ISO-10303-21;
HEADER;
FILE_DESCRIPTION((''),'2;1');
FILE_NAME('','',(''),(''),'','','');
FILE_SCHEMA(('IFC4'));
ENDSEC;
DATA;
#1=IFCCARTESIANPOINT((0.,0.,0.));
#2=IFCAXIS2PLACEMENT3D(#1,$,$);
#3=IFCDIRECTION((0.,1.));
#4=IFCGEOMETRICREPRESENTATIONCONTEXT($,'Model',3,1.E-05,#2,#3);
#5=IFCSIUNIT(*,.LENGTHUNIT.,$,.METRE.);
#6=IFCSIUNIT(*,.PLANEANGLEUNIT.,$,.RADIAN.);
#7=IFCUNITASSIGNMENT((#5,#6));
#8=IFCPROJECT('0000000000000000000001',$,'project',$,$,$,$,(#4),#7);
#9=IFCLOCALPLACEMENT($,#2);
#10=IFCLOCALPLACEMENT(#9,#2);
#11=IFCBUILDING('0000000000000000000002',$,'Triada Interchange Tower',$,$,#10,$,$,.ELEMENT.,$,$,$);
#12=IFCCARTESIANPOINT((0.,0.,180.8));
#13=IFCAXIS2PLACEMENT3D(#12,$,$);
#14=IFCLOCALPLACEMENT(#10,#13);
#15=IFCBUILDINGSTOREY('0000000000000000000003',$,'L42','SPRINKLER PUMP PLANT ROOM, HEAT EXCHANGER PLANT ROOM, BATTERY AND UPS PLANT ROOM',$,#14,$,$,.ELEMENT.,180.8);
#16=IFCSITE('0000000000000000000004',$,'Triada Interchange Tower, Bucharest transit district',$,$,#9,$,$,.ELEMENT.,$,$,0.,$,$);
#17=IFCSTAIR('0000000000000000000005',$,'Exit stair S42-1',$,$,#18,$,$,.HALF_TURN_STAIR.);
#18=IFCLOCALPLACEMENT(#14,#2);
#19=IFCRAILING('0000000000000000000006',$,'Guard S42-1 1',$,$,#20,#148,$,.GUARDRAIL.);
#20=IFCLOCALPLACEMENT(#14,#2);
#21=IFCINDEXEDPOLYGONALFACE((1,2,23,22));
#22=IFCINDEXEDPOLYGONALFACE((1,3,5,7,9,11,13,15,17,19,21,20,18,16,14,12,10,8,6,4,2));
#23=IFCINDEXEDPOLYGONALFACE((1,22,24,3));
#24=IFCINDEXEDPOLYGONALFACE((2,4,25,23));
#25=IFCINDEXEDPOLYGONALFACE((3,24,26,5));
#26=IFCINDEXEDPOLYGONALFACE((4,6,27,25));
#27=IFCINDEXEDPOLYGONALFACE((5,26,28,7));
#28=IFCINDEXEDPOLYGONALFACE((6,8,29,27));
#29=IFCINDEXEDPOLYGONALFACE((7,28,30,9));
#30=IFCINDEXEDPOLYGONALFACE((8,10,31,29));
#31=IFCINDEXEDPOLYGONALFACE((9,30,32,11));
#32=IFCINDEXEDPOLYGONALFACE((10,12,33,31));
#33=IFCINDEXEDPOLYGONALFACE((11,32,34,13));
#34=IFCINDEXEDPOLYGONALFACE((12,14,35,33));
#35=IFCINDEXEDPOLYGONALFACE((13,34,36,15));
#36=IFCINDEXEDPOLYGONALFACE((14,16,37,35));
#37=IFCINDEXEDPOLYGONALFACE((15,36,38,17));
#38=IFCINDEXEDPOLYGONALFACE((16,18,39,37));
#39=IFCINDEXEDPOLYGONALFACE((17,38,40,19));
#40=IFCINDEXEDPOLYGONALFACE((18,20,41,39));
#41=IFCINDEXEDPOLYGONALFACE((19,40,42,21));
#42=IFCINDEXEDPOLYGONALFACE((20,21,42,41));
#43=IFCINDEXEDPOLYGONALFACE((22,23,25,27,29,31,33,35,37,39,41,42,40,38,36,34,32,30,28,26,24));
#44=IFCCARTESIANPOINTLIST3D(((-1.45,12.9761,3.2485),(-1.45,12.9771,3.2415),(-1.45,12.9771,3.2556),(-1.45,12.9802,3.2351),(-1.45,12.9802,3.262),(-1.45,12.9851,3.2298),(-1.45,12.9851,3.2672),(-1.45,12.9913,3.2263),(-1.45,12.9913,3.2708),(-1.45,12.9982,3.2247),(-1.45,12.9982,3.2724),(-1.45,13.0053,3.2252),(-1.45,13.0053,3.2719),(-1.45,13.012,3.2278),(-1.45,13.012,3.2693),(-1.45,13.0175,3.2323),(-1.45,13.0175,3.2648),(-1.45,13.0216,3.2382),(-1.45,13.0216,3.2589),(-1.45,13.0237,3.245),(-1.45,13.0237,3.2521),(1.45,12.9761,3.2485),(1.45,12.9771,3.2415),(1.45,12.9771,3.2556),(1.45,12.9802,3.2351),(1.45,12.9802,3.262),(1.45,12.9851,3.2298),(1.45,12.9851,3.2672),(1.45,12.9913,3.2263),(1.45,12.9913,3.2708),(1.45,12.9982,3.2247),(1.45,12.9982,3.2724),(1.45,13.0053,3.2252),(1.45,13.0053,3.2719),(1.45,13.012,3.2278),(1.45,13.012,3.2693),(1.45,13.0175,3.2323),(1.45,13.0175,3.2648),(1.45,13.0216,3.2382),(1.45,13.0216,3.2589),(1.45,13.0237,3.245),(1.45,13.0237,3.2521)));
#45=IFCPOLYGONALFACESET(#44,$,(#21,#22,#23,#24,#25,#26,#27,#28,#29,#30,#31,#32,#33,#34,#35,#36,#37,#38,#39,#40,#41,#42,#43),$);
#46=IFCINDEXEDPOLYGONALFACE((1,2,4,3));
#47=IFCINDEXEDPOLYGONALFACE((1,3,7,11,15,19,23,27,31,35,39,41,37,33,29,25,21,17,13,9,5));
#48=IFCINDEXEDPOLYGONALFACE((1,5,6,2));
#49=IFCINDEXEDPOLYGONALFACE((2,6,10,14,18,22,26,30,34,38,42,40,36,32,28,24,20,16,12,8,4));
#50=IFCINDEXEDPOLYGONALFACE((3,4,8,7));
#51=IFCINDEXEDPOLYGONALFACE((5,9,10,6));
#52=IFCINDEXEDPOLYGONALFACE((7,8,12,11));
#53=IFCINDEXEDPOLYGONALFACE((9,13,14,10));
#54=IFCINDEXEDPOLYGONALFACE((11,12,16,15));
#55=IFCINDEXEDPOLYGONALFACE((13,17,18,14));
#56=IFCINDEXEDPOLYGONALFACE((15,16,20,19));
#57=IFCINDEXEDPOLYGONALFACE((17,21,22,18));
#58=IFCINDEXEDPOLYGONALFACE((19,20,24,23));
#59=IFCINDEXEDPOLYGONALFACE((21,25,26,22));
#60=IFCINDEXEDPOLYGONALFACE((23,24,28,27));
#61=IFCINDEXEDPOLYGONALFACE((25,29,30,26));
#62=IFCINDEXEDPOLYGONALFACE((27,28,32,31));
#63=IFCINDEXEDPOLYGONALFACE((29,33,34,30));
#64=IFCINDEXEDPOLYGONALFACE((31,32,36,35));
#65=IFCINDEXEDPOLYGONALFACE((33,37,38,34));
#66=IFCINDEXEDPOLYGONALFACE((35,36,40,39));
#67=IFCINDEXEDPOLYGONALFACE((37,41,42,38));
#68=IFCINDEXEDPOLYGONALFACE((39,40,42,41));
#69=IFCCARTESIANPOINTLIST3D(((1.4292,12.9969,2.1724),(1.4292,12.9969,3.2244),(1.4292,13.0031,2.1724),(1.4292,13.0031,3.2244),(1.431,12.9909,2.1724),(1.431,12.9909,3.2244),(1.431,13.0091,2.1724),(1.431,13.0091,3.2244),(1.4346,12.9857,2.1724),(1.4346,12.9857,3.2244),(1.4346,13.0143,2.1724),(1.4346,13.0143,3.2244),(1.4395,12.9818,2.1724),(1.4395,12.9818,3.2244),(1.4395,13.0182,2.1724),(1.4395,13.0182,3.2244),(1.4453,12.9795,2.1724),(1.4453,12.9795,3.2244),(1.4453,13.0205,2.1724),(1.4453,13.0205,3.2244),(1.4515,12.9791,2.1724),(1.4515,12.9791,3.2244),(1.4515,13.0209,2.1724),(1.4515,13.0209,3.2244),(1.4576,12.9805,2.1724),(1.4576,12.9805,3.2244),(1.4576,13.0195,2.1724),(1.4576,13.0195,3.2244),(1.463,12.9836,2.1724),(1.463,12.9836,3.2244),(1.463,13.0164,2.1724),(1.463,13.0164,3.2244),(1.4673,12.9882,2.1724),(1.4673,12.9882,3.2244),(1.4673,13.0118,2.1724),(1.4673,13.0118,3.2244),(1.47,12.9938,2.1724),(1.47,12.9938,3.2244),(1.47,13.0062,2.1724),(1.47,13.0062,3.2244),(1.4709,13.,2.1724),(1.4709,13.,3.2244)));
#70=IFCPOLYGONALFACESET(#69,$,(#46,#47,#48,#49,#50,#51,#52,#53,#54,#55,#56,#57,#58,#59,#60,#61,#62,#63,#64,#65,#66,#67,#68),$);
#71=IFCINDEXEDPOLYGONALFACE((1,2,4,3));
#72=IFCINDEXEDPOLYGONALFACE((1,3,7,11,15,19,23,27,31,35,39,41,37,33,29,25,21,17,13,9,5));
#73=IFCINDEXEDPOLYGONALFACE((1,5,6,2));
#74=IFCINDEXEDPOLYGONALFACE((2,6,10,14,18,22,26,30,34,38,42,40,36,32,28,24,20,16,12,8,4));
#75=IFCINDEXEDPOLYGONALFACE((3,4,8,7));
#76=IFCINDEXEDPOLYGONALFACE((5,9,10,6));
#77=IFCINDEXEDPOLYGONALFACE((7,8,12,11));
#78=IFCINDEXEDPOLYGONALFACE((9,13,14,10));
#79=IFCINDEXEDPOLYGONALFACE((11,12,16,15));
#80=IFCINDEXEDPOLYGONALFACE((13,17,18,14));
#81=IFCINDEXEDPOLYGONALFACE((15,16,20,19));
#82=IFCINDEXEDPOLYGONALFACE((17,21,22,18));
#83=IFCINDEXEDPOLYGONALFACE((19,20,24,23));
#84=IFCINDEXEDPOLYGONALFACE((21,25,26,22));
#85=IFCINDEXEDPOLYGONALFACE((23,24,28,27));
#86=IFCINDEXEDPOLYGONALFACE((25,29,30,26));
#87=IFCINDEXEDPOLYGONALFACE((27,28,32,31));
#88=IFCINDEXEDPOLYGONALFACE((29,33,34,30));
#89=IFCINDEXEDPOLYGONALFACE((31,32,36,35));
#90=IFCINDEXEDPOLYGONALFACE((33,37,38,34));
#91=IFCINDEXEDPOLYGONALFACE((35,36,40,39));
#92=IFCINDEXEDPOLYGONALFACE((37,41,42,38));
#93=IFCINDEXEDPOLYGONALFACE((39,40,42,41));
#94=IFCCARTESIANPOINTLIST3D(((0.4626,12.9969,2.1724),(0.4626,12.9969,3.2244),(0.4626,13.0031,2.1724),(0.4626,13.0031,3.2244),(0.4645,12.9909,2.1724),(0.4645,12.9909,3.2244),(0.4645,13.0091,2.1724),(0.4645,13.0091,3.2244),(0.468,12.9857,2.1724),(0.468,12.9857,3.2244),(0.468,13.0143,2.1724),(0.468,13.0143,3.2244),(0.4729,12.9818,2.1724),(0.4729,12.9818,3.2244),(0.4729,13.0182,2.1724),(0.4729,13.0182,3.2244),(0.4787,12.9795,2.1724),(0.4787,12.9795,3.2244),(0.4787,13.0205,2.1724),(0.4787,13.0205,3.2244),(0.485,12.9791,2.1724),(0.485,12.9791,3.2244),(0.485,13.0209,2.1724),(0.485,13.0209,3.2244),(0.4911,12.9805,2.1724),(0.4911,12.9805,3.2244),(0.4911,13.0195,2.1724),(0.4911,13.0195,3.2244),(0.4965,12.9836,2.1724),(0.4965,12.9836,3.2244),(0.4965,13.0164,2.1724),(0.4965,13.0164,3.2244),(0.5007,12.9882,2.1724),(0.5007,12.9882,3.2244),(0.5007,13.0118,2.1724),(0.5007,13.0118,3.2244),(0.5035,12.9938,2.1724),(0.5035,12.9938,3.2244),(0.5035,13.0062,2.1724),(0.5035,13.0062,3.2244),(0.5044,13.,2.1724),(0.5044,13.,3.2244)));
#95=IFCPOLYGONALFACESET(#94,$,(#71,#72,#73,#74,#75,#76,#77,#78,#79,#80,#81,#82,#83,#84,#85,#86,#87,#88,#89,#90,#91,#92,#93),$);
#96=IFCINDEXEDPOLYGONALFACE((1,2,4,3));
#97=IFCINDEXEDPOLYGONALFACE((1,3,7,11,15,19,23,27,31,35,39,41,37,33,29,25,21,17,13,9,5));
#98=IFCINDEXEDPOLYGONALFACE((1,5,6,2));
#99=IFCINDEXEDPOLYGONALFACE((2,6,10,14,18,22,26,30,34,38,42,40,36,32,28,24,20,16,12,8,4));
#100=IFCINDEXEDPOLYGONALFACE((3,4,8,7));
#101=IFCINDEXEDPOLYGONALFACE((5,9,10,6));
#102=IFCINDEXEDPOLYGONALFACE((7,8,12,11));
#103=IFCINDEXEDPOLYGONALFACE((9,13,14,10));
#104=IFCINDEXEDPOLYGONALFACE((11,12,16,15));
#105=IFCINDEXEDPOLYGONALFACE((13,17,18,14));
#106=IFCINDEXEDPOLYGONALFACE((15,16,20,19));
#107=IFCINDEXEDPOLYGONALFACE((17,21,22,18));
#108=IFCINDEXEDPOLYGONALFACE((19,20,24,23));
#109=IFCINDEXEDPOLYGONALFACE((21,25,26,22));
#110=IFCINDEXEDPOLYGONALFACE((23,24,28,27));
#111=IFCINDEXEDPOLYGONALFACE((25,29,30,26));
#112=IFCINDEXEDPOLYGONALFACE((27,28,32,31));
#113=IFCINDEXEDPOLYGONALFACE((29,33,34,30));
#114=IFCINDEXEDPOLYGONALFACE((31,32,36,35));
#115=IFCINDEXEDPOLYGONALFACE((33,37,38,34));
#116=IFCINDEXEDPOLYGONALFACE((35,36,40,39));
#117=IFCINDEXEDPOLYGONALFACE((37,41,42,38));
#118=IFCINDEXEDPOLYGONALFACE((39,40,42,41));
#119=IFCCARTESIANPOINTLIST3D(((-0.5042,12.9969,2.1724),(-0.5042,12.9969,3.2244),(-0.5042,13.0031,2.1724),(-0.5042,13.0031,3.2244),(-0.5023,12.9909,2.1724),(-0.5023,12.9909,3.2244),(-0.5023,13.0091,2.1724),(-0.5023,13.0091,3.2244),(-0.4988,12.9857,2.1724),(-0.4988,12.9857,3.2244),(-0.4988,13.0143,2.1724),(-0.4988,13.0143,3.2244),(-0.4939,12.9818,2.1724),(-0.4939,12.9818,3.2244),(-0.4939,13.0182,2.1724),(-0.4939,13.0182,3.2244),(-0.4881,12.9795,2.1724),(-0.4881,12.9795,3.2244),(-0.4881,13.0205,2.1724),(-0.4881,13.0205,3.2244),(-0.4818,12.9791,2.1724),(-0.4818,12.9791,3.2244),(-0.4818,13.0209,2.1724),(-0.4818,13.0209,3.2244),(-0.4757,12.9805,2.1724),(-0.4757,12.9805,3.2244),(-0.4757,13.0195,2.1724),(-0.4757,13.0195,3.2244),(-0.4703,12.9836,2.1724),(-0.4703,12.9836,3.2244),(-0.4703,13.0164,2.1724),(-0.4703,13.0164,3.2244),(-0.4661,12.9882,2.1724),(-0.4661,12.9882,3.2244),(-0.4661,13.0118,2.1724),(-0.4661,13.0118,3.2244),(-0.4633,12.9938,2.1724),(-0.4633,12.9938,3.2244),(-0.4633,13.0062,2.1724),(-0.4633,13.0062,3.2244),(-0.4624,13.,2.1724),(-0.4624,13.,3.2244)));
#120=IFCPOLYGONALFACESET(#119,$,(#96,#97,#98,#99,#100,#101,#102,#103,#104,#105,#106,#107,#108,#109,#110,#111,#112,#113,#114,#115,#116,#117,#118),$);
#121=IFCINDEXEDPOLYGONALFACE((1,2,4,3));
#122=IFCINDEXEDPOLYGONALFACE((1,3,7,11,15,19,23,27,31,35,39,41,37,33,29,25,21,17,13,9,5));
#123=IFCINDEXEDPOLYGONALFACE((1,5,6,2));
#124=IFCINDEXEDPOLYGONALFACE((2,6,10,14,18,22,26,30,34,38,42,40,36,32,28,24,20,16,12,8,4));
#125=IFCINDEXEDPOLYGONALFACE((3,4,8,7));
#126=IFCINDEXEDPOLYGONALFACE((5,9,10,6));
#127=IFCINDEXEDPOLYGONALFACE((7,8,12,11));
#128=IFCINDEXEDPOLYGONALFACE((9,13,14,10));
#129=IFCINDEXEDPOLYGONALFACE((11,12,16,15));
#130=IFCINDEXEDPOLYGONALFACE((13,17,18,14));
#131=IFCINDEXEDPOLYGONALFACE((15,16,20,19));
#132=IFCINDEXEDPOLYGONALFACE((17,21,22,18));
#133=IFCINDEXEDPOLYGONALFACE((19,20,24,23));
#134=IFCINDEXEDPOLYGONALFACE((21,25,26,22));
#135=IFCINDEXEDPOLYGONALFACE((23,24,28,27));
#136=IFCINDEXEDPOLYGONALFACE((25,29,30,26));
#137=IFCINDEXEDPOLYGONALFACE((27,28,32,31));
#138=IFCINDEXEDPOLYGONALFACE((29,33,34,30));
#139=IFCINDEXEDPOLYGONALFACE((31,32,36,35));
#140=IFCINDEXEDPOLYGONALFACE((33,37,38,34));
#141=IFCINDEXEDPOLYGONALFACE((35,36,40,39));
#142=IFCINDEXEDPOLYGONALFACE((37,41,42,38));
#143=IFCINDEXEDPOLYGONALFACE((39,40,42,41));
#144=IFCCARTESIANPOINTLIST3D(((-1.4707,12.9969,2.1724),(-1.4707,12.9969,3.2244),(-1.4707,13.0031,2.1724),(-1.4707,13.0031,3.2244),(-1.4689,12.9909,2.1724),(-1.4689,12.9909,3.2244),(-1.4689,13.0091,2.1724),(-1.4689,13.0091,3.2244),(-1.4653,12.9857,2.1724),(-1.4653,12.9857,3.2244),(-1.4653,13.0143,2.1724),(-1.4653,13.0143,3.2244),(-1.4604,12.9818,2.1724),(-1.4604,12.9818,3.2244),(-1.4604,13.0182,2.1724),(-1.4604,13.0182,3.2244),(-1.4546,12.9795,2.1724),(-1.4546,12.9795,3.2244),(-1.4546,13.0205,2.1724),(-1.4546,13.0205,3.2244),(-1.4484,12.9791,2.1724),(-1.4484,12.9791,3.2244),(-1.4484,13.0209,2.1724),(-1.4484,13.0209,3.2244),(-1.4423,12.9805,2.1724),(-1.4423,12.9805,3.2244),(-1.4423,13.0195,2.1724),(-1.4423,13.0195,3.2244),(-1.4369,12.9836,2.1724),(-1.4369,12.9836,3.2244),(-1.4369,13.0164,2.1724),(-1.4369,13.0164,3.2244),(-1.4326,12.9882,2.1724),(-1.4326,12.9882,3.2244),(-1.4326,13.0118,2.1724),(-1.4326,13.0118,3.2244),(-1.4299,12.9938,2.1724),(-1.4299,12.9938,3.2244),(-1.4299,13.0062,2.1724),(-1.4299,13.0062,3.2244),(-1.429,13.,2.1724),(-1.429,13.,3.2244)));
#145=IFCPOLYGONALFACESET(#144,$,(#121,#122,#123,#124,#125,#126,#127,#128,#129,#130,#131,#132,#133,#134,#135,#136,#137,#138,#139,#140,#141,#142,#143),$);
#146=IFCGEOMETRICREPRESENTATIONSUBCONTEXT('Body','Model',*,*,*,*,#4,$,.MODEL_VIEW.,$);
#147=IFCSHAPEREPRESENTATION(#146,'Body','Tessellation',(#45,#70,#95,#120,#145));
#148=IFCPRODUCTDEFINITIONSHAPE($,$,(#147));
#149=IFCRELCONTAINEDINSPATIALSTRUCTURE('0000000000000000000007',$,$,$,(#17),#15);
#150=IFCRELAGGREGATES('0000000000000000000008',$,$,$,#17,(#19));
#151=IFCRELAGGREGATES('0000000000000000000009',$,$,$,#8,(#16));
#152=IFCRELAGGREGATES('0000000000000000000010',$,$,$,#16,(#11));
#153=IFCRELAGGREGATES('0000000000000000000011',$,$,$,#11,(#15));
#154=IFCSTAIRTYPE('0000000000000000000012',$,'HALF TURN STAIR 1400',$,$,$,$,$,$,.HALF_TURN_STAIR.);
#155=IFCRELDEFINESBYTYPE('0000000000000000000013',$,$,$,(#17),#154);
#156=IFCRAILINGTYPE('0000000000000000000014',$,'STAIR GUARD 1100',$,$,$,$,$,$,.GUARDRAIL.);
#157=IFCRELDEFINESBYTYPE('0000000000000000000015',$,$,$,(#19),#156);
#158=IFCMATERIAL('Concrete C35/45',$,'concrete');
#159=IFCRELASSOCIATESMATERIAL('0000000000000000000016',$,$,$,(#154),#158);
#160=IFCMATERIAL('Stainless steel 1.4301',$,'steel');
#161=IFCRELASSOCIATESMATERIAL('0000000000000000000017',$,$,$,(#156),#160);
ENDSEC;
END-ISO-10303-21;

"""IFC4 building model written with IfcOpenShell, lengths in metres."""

from ifc_helpers import new_model, si_unit, direction, frame, origin, origin_2d, place, context, subcontext, project, spatial, circle, extrude, material, type_object, element, aggregate, save


model = new_model("IFC4")

# Units and contexts
model_context = context("Model", 3, precision=1e-05, world=origin(), true_north=direction((0.0, 1.0)))
body_context = subcontext(model_context, "Body", "Model", "MODEL_VIEW")
ifc_project = project(units=[si_unit("LENGTHUNIT", "METRE"), si_unit("PLANEANGLEUNIT", "RADIAN")], contexts=[model_context])

# Site, building, storey
site_placement = place(None, origin())
site = spatial("IfcSite", under=ifc_project, at=site_placement, Name="Triada Interchange Tower, Bucharest transit district", CompositionType="ELEMENT", RefElevation=0.0)
building_placement = place(site_placement, origin())
building = spatial("IfcBuilding", under=site, at=building_placement, Name="Triada Interchange Tower", CompositionType="ELEMENT")
storey_placement = place(building_placement, frame((0.0, 0.0, 180.8)))
storey = spatial("IfcBuildingStorey", under=building, at=storey_placement, Name="L42", Description="SPRINKLER PUMP PLANT ROOM, HEAT EXCHANGER PLANT ROOM, BATTERY AND UPS PLANT ROOM", CompositionType="ELEMENT", Elevation=180.8)

# Shared definitions
ifc_material_1 = material(Name="Concrete C35/45", Category="concrete")

# Stair
stair_type = type_object("IfcStairType", Name="HALF TURN STAIR 1400", PredefinedType="HALF_TURN_STAIR", material=ifc_material_1)
stair_placement = place(storey_placement, origin())
stair = element("IfcStair", 1, at=stair_placement, inside=storey, type_object=stair_type, Name="Exit stair S42-1", PredefinedType="HALF_TURN_STAIR")

# Railing
ifc_material_2 = material(Name="Stainless steel 1.4301", Category="steel")
railing_type_1 = type_object("IfcRailingType", Name="STAIR GUARD 1100", PredefinedType="GUARDRAIL", material=ifc_material_2)
railing_1_placement = place(storey_placement, frame((1.45, 13.0, 2.1724)))
railing_1 = element("IfcRailing", 2, at=railing_1_placement, type_object=railing_type_1, Name="Guard S42-1 1", PredefinedType="GUARDRAIL", context=body_context, shape_type="SweptSolid", body=[
    extrude(circle(Radius=0.0239, at=origin_2d()), frame((0.0, 0.0, 1.0762), z_axis=(-1.0, 0.0, 0.0), x_axis=(0.0, -1.0, 0.0)), (0.0, 0.0, 1.0), 2.8999),
    extrude(circle(Radius=0.021, at=origin_2d()), origin(), (0.0, 0.0, 1.0), 1.052),
    extrude(circle(Radius=0.021, at=origin_2d()), frame((-0.9666, 0.0, 0.0)), (0.0, 0.0, 1.0), 1.052),
    extrude(circle(Radius=0.021, at=origin_2d()), frame((-1.9333, 0.0, 0.0)), (0.0, 0.0, 1.0), 1.052),
    extrude(circle(Radius=0.021, at=origin_2d()), frame((-2.8999, 0.0, 0.0)), (0.0, 0.0, 1.0), 1.052),
])
aggregate(stair, [railing_1])

save(model, "model.ifc")
